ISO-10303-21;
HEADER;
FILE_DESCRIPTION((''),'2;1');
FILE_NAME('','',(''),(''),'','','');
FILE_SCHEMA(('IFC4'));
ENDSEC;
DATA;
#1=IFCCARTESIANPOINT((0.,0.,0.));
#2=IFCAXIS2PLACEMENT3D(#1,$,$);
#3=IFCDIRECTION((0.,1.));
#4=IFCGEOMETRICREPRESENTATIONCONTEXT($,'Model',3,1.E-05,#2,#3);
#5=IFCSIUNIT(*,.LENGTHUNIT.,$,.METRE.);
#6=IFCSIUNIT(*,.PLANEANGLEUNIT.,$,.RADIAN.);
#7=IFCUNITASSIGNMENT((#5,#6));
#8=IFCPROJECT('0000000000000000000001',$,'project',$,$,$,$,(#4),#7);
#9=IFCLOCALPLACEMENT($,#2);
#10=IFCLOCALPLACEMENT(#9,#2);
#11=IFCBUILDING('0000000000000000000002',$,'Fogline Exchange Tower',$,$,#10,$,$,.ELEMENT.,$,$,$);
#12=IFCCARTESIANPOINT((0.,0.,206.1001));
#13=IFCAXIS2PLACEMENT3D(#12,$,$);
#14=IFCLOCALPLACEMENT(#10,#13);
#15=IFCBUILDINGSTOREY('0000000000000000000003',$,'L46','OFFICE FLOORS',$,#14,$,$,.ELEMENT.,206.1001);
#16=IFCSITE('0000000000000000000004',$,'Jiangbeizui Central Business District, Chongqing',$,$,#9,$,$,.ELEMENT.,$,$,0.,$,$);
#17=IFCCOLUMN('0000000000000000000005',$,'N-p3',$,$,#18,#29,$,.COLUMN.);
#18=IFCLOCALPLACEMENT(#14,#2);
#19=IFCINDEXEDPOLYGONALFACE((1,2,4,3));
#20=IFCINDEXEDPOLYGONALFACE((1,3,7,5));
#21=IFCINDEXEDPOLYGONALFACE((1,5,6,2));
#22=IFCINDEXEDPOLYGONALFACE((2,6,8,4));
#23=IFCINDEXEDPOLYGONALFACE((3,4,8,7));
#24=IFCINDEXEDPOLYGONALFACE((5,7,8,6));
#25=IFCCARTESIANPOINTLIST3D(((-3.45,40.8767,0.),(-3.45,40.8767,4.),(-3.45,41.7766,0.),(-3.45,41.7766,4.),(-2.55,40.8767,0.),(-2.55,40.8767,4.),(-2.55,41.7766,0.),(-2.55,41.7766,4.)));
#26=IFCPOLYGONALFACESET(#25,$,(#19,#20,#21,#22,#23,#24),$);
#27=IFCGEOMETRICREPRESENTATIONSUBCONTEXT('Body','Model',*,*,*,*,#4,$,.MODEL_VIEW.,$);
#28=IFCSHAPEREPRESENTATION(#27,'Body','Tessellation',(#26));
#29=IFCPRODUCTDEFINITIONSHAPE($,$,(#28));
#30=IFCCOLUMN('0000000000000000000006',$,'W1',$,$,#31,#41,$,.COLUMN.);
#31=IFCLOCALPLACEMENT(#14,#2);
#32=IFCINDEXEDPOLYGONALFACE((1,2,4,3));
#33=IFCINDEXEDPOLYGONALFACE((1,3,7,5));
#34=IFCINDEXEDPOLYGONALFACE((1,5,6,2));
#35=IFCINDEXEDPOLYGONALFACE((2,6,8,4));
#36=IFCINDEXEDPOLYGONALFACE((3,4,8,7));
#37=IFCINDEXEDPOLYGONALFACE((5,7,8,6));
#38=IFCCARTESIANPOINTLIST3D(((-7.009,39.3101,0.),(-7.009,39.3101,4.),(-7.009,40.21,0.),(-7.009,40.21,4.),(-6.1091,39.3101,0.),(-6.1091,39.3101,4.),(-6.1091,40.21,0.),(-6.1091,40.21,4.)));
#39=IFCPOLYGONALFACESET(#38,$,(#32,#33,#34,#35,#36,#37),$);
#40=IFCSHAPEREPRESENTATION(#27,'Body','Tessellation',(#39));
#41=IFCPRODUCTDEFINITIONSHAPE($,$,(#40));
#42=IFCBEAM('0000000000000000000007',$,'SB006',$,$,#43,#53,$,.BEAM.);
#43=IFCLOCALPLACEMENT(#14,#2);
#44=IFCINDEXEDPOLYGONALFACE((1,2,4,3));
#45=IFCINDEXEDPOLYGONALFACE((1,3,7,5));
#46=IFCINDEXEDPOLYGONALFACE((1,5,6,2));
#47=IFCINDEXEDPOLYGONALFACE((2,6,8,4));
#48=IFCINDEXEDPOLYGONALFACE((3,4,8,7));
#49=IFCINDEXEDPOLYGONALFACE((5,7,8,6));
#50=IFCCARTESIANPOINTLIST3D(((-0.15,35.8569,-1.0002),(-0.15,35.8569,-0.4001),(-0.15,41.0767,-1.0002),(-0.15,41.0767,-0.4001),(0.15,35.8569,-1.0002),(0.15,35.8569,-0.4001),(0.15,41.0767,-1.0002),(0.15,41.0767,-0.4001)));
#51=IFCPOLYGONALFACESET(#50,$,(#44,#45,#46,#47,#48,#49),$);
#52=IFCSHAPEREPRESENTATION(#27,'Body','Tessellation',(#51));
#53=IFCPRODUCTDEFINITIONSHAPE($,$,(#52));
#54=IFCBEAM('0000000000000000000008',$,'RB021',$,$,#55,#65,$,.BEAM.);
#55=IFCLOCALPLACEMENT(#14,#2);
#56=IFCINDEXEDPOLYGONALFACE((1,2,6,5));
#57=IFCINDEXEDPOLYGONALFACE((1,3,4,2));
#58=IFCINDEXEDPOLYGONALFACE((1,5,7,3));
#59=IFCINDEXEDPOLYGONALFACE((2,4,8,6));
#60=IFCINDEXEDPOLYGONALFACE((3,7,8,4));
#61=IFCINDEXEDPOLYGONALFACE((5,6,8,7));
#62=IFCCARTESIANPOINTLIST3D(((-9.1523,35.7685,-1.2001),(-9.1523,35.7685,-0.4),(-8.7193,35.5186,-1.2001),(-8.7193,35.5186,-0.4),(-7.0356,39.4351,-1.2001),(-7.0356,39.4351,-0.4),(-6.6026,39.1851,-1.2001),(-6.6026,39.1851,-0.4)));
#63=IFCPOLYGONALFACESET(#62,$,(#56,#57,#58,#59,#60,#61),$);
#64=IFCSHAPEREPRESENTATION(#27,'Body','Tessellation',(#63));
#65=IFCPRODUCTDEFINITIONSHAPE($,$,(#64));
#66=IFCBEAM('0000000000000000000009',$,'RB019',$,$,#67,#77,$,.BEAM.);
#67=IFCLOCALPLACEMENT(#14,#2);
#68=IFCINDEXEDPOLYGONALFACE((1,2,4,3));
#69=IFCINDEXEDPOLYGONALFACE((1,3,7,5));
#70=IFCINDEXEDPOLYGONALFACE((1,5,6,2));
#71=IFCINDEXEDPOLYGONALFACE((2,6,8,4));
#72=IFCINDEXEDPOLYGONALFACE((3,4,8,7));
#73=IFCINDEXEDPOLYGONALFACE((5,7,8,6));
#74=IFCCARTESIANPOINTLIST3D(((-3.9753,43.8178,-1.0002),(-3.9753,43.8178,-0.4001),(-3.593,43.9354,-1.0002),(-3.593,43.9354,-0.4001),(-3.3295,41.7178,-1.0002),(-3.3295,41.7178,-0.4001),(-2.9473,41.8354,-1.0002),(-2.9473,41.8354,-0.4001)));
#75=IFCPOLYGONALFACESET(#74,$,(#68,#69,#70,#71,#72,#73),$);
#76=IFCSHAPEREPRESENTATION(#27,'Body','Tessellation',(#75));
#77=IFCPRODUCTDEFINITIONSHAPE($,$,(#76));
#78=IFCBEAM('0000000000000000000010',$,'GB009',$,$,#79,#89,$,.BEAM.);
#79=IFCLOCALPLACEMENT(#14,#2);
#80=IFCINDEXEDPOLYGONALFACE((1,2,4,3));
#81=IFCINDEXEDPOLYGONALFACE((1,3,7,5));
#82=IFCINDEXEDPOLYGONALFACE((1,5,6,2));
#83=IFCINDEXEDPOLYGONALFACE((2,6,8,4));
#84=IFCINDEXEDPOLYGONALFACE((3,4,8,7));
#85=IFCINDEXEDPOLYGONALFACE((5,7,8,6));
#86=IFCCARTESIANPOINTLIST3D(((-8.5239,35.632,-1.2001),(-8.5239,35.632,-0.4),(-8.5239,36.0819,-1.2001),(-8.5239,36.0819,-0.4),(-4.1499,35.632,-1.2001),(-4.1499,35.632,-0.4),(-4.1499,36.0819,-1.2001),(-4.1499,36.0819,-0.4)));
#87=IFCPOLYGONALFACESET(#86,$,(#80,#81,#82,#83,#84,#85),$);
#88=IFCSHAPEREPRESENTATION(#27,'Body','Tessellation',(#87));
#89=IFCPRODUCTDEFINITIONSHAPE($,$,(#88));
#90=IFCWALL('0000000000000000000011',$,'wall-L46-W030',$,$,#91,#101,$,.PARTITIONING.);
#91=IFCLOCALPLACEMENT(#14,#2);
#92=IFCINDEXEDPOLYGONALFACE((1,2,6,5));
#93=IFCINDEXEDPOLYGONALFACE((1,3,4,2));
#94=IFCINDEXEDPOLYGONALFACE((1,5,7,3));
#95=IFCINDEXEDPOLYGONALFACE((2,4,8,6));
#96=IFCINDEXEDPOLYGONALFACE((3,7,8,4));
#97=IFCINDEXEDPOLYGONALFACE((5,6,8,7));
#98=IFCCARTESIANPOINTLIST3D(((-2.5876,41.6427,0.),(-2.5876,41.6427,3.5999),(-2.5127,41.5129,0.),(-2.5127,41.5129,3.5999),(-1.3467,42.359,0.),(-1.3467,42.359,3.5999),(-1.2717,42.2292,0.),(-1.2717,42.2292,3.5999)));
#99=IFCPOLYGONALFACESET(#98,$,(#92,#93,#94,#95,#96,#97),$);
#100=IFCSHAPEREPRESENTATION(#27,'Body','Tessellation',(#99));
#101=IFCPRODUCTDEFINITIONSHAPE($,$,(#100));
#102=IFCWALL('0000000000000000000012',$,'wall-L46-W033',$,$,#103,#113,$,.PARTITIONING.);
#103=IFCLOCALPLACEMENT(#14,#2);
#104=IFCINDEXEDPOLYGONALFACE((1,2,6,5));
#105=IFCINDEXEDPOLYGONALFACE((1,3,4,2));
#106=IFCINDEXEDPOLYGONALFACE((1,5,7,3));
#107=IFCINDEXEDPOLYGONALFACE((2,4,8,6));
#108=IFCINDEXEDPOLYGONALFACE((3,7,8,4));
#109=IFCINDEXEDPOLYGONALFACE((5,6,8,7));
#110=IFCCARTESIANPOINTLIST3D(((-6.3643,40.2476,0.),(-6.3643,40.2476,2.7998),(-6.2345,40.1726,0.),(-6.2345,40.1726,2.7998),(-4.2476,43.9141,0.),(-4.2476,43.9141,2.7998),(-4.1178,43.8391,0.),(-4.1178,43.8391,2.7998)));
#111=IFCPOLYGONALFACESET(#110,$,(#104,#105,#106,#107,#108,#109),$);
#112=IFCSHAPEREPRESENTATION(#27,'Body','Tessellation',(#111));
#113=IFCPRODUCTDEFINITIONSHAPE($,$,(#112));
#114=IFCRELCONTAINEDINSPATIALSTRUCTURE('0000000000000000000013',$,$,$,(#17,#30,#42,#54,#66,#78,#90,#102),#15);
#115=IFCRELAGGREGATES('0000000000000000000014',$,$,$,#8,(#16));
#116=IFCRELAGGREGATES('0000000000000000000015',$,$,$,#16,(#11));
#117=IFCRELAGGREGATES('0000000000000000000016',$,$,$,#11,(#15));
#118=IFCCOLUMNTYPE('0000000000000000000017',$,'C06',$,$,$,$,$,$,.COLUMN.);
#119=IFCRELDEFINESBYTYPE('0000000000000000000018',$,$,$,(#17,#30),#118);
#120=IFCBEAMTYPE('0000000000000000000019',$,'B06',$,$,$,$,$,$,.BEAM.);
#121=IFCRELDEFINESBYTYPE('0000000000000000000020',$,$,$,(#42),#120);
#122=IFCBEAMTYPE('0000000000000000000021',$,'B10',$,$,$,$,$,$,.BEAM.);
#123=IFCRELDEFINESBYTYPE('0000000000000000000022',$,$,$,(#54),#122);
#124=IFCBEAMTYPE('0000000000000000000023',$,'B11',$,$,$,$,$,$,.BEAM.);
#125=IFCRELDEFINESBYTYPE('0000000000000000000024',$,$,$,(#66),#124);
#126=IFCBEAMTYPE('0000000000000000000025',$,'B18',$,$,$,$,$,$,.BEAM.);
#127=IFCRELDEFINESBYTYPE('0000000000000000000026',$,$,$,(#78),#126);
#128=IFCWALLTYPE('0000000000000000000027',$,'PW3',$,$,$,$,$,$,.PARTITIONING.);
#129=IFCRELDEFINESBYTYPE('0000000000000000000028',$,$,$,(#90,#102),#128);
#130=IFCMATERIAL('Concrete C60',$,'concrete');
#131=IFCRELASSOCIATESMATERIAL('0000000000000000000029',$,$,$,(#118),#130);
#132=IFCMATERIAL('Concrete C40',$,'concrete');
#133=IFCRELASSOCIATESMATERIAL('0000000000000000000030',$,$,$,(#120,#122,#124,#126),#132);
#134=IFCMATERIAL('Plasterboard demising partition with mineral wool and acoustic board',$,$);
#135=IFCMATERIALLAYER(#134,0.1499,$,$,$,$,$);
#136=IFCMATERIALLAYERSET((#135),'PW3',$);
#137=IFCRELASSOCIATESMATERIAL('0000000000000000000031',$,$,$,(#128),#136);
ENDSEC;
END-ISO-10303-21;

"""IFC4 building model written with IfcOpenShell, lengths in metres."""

from ifc_helpers import new_model, si_unit, direction, frame, frame_2d, origin, origin_2d, place, context, subcontext, project, spatial, rectangle, extrude, material, layer, layer_set, material_profile, profile_set, type_object, element, save


model = new_model("IFC4")

# Units and contexts
model_context = context("Model", 3, precision=1e-05, world=origin(), true_north=direction((0.0, 1.0)))
body_context = subcontext(model_context, "Body", "Model", "MODEL_VIEW")
ifc_project = project(units=[si_unit("LENGTHUNIT", "METRE"), si_unit("PLANEANGLEUNIT", "RADIAN")], contexts=[model_context])

# Site, building, storey
site_placement = place(None, origin())
site = spatial("IfcSite", under=ifc_project, at=site_placement, Name="Jiangbeizui Central Business District, Chongqing", CompositionType="ELEMENT", RefElevation=0.0)
building_placement = place(site_placement, origin())
building = spatial("IfcBuilding", under=site, at=building_placement, Name="Fogline Exchange Tower", CompositionType="ELEMENT")
storey_placement = place(building_placement, frame((0.0, 0.0, 206.1001)))
storey = spatial("IfcBuildingStorey", under=building, at=storey_placement, Name="L46", Description="OFFICE FLOORS", CompositionType="ELEMENT", Elevation=206.1001)

# Columns
ifc_material_1 = material(Name="Concrete C60", Category="concrete")
ifc_material_profile_1 = material_profile(ifc_material_1, rectangle(XDim=0.8999, YDim=0.8999, at=origin_2d()), Name="RC 900x900")
ifc_profile_set_1 = profile_set([ifc_material_profile_1], Name="Concrete C60")
column_type = type_object("IfcColumnType", Name="C06", PredefinedType="COLUMN", material=ifc_profile_set_1)
for number, where, z_axis, x_axis, name in (
    (1, (-3.0, 41.3267, 0.0), (0.0, 0.0, 1.0), (1.0, 0.0, 0.0), "N-p3"),
    (2, (-6.5591, 39.76, 0.0), (0.0, 0.0, 1.0), (1.0, 0.0, 0.0), "W1"),
):
    element("IfcColumn", number, at=place(storey_placement, frame(where, z_axis=z_axis, x_axis=x_axis)), inside=storey, type_object=column_type, Name=name, PredefinedType="COLUMN", context=body_context, shape_type="SweptSolid", body=[
        extrude(rectangle(XDim=0.8999, YDim=0.8999, at=origin_2d()), origin(), (0.0, 0.0, 1.0), 4.0),
    ])

# Beams
ifc_material_2 = material(Name="Concrete C40", Category="concrete")
ifc_material_profile_2 = material_profile(ifc_material_2, rectangle(XDim=0.3, YDim=0.6001, at=origin_2d()), Name="RC 300x600")
ifc_profile_set_2 = profile_set([ifc_material_profile_2], Name="Concrete C40")
beam_type_1 = type_object("IfcBeamType", Name="B06", PredefinedType="BEAM", material=ifc_profile_set_2)
beam_1_placement = place(storey_placement, frame((0.0, 35.8569, -0.7002), z_axis=(0.0, 1.0, 0.0), x_axis=(-1.0, 0.0, 0.0)))
element("IfcBeam", 3, at=beam_1_placement, inside=storey, type_object=beam_type_1, Name="SB006", PredefinedType="BEAM", context=body_context, shape_type="SweptSolid", body=[
    extrude(rectangle(XDim=0.3, YDim=0.6001, at=origin_2d()), origin(), (0.0, 0.0, 1.0), 5.2197),
])
ifc_material_profile_3 = material_profile(ifc_material_2, rectangle(XDim=0.5, YDim=0.8, at=origin_2d()), Name="RC 500x800")
ifc_profile_set_3 = profile_set([ifc_material_profile_3], Name="Concrete C40")
beam_type_2 = type_object("IfcBeamType", Name="B10", PredefinedType="BEAM", material=ifc_profile_set_3)
beam_2_placement = place(storey_placement, frame((-6.8191, 39.3101, -0.8), z_axis=(-0.499972, -0.866042, 0.0), x_axis=(0.866042, -0.499972, 0.0)))
element("IfcBeam", 4, at=beam_2_placement, inside=storey, type_object=beam_type_2, Name="RB021", PredefinedType="BEAM", context=body_context, shape_type="SweptSolid", body=[
    extrude(rectangle(XDim=0.5, YDim=0.8, at=origin_2d()), origin(), (0.0, 0.0, 1.0), 4.2336),
])
ifc_material_profile_4 = material_profile(ifc_material_2, rectangle(XDim=0.3999, YDim=0.6001, at=origin_2d()), Name="RC 400x600")
ifc_profile_set_4 = profile_set([ifc_material_profile_4], Name="Concrete C40")
beam_type_3 = type_object("IfcBeamType", Name="B11", PredefinedType="BEAM", material=ifc_profile_set_4)
beam_3_placement = place(storey_placement, frame((-3.1384, 41.7766, -0.7002), z_axis=(-0.293906, 0.955834, 0.0), x_axis=(-0.955834, -0.293906, 0.0)))
element("IfcBeam", 5, at=beam_3_placement, inside=storey, type_object=beam_type_3, Name="RB019", PredefinedType="BEAM", context=body_context, shape_type="SweptSolid", body=[
    extrude(rectangle(XDim=0.3999, YDim=0.6001, at=origin_2d()), origin(), (0.0, 0.0, 1.0), 2.197),
])
ifc_material_profile_5 = material_profile(ifc_material_2, rectangle(XDim=0.45, YDim=0.8, at=origin_2d()), Name="RC 450x800")
ifc_profile_set_5 = profile_set([ifc_material_profile_5], Name="Concrete C40")
beam_type_4 = type_object("IfcBeamType", Name="B18", PredefinedType="BEAM", material=ifc_profile_set_5)
beam_4_placement = place(storey_placement, frame((-8.5239, 35.8569, -0.8), z_axis=(1.0, 0.0, 0.0), x_axis=(0.0, 1.0, 0.0)))
element("IfcBeam", 6, at=beam_4_placement, inside=storey, type_object=beam_type_4, Name="GB009", PredefinedType="BEAM", context=body_context, shape_type="SweptSolid", body=[
    extrude(rectangle(XDim=0.45, YDim=0.8, at=origin_2d()), origin(), (0.0, 0.0, 1.0), 4.374),
])

# Walls
ifc_material_3 = material(Name="Plasterboard demising partition with mineral wool and acoustic board")
ifc_layer = layer(ifc_material_3, 0.1499)
ifc_layer_set = layer_set([ifc_layer], Name="PW3")
wall_type = type_object("IfcWallType", Name="PW3", PredefinedType="PARTITIONING", material=ifc_layer_set)
wall_1_placement = place(storey_placement, frame((-2.55, 41.5779, 0.0), z_axis=(0.0, 0.0, 1.0), x_axis=(0.866075, 0.499914, 0.0)))
element("IfcWall", 7, at=wall_1_placement, inside=storey, type_object=wall_type, Name="wall-L46-W030", PredefinedType="PARTITIONING", context=body_context, shape_type="SweptSolid", body=[
    extrude(rectangle(XDim=1.4329, YDim=0.1499, at=frame_2d((0.7163, 0.0))), origin(), (0.0, 0.0, 1.0), 3.5999),
])
wall_2_placement = place(storey_placement, frame((-6.2993, 40.2102, 0.0), z_axis=(0.0, 0.0, 1.0), x_axis=(0.499972, 0.866042, 0.0)))
element("IfcWall", 8, at=wall_2_placement, inside=storey, type_object=wall_type, Name="wall-L46-W033", PredefinedType="PARTITIONING", context=body_context, shape_type="SweptSolid", body=[
    extrude(rectangle(XDim=4.2336, YDim=0.1499, at=frame_2d((2.1167, 0.0))), origin(), (0.0, 0.0, 1.0), 2.7998),
])

save(model, "model.ifc")
